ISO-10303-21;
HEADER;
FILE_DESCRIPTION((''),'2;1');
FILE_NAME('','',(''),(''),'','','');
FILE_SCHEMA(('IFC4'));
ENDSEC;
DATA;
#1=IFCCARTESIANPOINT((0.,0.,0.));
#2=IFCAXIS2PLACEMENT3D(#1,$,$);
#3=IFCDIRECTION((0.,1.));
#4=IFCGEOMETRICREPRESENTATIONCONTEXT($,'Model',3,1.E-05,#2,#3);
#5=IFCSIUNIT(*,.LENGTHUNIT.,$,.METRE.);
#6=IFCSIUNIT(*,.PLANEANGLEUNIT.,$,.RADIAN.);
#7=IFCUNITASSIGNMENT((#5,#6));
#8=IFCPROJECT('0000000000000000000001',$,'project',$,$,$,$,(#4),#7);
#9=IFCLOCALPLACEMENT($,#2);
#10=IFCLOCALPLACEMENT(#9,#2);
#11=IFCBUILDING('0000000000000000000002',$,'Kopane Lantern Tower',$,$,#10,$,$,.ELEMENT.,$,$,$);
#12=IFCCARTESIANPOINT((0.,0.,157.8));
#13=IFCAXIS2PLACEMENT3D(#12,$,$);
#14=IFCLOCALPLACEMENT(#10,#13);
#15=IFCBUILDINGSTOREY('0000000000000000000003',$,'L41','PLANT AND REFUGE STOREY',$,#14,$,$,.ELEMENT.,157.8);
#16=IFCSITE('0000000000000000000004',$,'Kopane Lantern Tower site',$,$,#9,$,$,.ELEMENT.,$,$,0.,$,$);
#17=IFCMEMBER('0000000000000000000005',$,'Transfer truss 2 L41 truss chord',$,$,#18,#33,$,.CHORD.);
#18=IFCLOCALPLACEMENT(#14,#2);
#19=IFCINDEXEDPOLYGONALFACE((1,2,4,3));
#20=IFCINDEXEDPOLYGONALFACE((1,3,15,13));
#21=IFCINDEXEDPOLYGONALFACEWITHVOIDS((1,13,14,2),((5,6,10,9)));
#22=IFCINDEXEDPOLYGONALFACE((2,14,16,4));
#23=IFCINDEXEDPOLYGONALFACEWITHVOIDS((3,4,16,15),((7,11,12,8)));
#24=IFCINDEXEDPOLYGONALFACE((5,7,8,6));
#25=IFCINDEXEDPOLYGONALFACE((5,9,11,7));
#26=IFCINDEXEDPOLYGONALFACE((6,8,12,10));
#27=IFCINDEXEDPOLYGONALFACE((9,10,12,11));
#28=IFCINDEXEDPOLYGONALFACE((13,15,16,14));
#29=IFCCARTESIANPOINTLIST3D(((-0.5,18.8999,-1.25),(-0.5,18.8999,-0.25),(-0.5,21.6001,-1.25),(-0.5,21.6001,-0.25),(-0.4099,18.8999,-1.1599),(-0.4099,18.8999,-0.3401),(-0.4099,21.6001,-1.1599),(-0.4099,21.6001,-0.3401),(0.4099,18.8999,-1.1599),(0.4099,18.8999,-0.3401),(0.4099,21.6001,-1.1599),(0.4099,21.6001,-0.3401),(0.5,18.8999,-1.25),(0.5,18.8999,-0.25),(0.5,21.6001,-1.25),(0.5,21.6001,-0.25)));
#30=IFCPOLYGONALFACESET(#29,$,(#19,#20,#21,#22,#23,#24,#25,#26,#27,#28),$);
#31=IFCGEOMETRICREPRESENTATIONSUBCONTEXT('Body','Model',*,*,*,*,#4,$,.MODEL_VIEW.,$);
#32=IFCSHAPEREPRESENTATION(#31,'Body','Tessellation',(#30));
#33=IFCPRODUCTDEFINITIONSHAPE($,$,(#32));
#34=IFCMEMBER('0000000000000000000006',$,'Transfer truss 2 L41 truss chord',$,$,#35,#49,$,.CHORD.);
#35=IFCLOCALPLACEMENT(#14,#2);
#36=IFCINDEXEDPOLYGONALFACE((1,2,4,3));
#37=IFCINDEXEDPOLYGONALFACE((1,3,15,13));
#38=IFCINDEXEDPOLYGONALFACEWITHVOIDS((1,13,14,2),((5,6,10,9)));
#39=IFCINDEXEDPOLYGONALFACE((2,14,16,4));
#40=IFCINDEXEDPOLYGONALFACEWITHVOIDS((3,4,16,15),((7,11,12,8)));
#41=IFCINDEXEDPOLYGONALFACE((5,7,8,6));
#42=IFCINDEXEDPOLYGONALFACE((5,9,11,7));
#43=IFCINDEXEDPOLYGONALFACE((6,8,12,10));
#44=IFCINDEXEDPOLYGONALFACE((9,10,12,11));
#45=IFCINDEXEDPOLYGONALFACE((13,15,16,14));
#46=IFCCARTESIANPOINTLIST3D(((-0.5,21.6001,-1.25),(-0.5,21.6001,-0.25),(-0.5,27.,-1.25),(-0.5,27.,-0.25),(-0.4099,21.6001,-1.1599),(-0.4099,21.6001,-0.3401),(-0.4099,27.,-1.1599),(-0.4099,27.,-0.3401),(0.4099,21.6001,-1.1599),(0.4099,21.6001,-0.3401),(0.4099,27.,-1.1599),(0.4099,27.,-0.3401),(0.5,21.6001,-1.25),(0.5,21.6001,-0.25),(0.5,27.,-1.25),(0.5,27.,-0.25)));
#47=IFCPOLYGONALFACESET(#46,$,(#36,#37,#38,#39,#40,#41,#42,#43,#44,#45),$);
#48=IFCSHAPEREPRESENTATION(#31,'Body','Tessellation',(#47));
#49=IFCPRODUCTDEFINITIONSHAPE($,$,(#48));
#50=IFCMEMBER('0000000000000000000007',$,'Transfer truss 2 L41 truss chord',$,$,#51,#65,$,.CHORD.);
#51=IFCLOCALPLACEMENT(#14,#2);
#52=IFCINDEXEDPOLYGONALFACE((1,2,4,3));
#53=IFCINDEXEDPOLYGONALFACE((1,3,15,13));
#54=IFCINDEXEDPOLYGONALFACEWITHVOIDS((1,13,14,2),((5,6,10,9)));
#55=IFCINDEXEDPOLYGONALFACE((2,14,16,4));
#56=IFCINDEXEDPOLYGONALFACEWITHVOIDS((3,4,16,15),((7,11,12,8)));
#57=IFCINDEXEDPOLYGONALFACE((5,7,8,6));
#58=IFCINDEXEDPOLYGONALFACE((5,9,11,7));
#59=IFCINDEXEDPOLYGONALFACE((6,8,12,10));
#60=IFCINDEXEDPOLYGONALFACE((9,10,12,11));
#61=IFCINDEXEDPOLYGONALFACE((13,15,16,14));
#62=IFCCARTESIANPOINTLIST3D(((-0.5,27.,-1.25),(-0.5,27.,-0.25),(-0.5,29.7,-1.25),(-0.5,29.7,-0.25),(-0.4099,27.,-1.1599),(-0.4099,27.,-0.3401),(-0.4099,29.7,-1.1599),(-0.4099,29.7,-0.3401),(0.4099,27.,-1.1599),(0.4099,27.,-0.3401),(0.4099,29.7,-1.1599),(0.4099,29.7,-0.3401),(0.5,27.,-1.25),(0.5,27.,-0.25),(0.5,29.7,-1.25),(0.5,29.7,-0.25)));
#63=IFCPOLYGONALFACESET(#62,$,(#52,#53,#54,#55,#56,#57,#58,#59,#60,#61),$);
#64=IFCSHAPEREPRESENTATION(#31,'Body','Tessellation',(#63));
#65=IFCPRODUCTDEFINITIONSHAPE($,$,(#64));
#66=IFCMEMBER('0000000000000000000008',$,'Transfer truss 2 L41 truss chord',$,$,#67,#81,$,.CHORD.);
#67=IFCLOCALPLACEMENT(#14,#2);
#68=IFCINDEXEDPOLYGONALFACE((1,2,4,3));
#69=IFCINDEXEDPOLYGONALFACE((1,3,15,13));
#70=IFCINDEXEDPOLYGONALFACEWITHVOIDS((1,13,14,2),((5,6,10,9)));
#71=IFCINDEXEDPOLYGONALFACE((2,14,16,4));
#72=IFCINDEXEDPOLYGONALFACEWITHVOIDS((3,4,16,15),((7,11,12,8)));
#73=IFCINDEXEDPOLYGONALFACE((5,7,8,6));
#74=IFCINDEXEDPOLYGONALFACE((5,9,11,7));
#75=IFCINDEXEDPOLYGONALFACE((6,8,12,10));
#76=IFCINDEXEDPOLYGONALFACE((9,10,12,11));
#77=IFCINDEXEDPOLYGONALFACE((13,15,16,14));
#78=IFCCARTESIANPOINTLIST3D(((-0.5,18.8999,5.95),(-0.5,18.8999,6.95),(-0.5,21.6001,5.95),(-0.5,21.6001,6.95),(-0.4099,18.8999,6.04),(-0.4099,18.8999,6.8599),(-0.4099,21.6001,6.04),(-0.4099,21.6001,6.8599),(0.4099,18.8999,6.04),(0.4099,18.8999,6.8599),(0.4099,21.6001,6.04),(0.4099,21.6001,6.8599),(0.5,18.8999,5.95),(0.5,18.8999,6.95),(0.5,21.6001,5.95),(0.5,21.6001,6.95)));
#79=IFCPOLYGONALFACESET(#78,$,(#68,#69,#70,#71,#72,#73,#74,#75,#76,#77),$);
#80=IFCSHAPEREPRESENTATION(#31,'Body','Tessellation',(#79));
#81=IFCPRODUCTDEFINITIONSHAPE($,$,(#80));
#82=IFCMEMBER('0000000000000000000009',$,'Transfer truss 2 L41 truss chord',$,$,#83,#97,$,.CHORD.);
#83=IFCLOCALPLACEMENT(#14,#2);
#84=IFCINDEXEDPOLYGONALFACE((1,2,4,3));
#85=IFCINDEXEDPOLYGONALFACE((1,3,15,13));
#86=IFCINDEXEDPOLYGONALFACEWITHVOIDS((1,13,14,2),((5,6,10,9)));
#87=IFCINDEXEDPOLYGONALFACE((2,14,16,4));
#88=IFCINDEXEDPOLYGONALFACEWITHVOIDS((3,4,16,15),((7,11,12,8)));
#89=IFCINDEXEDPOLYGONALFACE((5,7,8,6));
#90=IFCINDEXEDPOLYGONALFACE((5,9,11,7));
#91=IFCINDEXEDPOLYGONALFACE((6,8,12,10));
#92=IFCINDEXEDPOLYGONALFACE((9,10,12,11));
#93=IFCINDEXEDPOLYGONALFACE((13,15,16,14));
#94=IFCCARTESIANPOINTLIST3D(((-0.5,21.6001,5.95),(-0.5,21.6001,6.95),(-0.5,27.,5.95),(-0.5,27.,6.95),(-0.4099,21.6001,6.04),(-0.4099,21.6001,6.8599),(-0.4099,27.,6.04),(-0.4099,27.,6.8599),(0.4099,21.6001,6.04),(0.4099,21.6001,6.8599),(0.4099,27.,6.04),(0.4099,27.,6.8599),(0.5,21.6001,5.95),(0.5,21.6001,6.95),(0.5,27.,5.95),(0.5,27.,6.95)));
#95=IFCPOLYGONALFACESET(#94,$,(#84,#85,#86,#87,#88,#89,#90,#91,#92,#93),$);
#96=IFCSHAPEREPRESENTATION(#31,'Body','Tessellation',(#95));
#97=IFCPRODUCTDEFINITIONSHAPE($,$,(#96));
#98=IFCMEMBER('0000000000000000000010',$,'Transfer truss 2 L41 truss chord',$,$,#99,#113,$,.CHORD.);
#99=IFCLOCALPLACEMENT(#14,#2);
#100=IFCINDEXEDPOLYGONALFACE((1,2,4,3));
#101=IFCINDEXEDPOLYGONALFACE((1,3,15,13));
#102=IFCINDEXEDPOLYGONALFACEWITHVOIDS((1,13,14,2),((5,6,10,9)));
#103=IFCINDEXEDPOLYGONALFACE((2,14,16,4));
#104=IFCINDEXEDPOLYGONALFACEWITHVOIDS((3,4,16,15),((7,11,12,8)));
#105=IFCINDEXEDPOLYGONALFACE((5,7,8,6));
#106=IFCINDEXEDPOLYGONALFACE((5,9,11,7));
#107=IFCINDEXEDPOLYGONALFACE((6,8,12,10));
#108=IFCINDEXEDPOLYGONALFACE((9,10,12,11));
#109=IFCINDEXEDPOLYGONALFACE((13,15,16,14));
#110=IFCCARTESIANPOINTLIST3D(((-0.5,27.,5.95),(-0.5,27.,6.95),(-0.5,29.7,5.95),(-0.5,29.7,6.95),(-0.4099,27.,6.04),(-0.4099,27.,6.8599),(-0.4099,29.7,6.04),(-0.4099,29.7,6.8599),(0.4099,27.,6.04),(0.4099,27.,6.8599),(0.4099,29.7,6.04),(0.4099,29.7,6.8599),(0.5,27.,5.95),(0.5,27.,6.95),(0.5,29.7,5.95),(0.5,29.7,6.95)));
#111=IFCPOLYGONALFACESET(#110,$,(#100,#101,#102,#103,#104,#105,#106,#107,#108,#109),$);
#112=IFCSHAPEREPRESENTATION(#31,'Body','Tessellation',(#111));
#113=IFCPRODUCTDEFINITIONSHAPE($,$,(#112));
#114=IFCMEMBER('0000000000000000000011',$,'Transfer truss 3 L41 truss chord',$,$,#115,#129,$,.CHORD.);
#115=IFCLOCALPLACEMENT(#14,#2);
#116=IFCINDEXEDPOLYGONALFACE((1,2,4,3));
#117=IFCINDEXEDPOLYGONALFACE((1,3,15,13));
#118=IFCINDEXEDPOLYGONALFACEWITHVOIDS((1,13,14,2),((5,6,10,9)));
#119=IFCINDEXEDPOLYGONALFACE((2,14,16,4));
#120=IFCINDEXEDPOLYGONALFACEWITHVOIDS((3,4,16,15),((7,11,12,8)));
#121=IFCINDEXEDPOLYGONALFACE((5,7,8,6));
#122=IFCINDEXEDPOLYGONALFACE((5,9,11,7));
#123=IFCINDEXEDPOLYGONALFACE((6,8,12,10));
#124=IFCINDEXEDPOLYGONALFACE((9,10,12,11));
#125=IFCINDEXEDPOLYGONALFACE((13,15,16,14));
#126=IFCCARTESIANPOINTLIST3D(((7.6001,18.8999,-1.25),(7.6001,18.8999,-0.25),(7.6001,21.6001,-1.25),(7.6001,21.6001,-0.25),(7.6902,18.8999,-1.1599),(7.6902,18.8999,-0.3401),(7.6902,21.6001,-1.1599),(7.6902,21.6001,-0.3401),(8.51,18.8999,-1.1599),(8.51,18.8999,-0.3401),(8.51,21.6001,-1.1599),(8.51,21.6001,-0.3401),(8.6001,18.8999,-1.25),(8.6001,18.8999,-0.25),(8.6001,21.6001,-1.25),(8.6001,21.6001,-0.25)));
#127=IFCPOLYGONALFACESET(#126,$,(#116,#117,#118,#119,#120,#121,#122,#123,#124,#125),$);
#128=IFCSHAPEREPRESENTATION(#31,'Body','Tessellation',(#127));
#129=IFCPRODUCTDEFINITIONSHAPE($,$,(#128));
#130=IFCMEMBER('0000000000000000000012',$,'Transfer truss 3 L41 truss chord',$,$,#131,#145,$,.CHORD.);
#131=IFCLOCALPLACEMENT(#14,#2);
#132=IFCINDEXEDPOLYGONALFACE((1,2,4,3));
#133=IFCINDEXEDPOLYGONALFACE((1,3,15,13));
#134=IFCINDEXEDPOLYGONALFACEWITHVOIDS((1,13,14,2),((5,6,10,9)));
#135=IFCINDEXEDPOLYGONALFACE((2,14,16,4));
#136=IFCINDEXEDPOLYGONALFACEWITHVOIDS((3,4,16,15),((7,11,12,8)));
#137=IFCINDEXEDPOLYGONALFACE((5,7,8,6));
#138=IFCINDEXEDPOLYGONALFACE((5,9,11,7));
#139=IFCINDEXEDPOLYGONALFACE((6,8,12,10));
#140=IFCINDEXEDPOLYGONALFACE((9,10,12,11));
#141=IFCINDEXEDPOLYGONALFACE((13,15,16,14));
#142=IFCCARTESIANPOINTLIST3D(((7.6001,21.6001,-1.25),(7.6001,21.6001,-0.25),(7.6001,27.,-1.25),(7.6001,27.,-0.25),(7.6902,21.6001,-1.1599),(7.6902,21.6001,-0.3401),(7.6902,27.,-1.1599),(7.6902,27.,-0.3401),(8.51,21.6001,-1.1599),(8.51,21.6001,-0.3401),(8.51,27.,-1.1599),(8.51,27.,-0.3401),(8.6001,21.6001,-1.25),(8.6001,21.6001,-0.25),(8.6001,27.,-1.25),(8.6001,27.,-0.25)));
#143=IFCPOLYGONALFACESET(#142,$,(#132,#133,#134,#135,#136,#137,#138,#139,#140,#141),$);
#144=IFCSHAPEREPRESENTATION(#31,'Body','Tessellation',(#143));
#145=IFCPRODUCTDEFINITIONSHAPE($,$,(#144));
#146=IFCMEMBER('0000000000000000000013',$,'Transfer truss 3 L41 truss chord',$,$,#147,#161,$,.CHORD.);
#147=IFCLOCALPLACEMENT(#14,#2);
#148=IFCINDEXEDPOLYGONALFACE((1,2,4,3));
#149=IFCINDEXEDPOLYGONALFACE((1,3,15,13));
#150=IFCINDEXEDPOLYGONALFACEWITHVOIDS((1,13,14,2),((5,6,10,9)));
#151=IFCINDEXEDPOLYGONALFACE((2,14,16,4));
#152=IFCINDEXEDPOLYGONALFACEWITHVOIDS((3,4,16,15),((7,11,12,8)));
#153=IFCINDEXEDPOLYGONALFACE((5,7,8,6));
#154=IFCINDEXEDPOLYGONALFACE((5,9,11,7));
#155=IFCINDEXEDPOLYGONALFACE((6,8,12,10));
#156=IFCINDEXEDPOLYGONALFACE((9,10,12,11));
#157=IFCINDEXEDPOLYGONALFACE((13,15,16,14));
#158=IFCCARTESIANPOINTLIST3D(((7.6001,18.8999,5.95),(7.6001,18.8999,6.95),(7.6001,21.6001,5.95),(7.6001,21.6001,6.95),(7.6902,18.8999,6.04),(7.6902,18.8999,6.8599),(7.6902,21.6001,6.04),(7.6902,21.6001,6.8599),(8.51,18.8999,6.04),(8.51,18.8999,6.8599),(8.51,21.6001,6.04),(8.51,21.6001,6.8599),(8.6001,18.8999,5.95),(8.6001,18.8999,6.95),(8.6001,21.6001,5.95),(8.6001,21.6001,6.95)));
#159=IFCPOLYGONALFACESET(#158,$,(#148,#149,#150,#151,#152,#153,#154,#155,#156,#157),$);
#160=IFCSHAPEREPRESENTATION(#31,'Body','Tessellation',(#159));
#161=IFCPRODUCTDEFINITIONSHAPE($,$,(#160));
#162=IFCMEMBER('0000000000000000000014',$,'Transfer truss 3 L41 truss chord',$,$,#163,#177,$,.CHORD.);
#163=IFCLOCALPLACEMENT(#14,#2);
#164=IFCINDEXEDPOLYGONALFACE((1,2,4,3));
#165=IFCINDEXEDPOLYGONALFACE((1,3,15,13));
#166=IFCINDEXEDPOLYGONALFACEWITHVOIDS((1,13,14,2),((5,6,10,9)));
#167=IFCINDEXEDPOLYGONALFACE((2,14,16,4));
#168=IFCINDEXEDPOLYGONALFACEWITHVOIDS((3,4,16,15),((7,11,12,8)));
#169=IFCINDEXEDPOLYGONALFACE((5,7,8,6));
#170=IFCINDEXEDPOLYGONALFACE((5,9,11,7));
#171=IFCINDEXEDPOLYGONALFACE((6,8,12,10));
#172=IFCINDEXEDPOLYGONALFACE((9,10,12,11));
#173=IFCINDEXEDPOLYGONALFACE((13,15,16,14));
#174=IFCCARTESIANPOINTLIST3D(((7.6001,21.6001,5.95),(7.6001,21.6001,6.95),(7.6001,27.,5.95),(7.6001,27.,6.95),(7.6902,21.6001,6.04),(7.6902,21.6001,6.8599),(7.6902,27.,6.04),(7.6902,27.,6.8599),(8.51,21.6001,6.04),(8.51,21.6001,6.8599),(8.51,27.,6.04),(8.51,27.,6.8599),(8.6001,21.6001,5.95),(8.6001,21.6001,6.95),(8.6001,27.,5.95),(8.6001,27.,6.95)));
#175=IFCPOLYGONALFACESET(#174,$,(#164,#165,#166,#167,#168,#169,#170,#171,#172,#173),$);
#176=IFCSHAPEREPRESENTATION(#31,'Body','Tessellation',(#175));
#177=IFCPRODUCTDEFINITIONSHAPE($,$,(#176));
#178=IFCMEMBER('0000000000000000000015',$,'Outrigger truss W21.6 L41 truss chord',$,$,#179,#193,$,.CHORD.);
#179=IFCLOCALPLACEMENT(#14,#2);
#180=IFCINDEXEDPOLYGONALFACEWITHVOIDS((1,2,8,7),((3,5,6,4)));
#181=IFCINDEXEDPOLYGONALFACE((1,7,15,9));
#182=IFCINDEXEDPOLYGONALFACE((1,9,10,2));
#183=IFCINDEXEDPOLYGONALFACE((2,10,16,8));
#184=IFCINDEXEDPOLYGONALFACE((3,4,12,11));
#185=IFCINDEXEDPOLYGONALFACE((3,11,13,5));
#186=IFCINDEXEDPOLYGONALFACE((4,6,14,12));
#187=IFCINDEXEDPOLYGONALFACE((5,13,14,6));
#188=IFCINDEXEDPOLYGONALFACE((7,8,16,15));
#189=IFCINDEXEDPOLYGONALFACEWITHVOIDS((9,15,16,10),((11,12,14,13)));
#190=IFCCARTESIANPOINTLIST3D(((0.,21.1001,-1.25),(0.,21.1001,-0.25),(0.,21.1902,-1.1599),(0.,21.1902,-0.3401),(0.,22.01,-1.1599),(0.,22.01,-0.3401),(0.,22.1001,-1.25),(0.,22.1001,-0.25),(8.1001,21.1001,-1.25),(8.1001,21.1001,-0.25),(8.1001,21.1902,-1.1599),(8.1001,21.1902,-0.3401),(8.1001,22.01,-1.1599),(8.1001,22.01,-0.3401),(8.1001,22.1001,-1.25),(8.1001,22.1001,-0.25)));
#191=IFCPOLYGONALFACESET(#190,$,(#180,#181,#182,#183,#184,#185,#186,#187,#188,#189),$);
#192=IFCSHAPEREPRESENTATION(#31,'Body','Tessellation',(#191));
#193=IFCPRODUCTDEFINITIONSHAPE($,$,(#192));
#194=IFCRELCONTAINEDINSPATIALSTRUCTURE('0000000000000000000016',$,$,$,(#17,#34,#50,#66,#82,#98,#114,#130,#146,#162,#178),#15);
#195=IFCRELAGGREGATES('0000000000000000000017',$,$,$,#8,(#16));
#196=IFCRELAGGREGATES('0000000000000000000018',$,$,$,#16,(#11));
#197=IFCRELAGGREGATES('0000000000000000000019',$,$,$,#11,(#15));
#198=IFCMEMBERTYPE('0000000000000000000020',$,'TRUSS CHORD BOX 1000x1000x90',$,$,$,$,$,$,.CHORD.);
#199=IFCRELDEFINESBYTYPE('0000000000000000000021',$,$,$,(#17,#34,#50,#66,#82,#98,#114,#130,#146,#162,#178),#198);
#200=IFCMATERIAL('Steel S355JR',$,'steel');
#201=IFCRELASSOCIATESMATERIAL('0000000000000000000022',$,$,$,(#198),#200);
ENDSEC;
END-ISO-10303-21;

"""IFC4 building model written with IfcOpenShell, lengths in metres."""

from ifc_helpers import new_model, si_unit, direction, frame, origin, origin_2d, place, context, subcontext, project, spatial, hollow_rectangle, extrude, material, material_profile, profile_set, type_object, element, save


model = new_model("IFC4")

# Units and contexts
model_context = context("Model", 3, precision=1e-05, world=origin(), true_north=direction((0.0, 1.0)))
body_context = subcontext(model_context, "Body", "Model", "MODEL_VIEW")
ifc_project = project(units=[si_unit("LENGTHUNIT", "METRE"), si_unit("PLANEANGLEUNIT", "RADIAN")], contexts=[model_context])

# Site, building, storey
site_placement = place(None, origin())
site = spatial("IfcSite", under=ifc_project, at=site_placement, Name="Kopane Lantern Tower site", CompositionType="ELEMENT", RefElevation=0.0)
building_placement = place(site_placement, origin())
building = spatial("IfcBuilding", under=site, at=building_placement, Name="Kopane Lantern Tower", CompositionType="ELEMENT")
storey_placement = place(building_placement, frame((0.0, 0.0, 157.8)))
storey = spatial("IfcBuildingStorey", under=building, at=storey_placement, Name="L41", Description="PLANT AND REFUGE STOREY", CompositionType="ELEMENT", Elevation=157.8)

# Members
ifc_material_1 = material(Name="Steel S355JR", Category="steel")
ifc_material_profile_1 = material_profile(ifc_material_1, hollow_rectangle(XDim=1.0, YDim=1.0, WallThickness=0.0901, at=origin_2d()), Name="BOX 1000x1000x90")
ifc_profile_set_1 = profile_set([ifc_material_profile_1], Name="Steel S355JR")
member_type_1 = type_object("IfcMemberType", Name="TRUSS CHORD BOX 1000x1000x90", PredefinedType="CHORD", material=ifc_profile_set_1)
member_1_placement = place(storey_placement, frame((0.0, 18.8999, -0.75), z_axis=(0.0, 1.0, 0.0), x_axis=(-1.0, 0.0, 0.0)))
element("IfcMember", 1, at=member_1_placement, inside=storey, type_object=member_type_1, Name="Transfer truss 2 L41 truss chord", PredefinedType="CHORD", context=body_context, shape_type="SweptSolid", body=[
    extrude(hollow_rectangle(XDim=1.0, YDim=1.0, WallThickness=0.0901, at=origin_2d()), origin(), (0.0, 0.0, 1.0), 2.7002),
])
member_2_placement = place(storey_placement, frame((0.0, 21.6001, -0.75), z_axis=(0.0, 1.0, 0.0), x_axis=(-1.0, 0.0, 0.0)))
element("IfcMember", 2, at=member_2_placement, inside=storey, type_object=member_type_1, Name="Transfer truss 2 L41 truss chord", PredefinedType="CHORD", context=body_context, shape_type="SweptSolid", body=[
    extrude(hollow_rectangle(XDim=1.0, YDim=1.0, WallThickness=0.0901, at=origin_2d()), origin(), (0.0, 0.0, 1.0), 5.3999),
])
member_3_placement = place(storey_placement, frame((0.0, 27.0, -0.75), z_axis=(0.0, 1.0, 0.0), x_axis=(-1.0, 0.0, 0.0)))
element("IfcMember", 3, at=member_3_placement, inside=storey, type_object=member_type_1, Name="Transfer truss 2 L41 truss chord", PredefinedType="CHORD", context=body_context, shape_type="SweptSolid", body=[
    extrude(hollow_rectangle(XDim=1.0, YDim=1.0, WallThickness=0.0901, at=origin_2d()), origin(), (0.0, 0.0, 1.0), 2.7),
])
member_4_placement = place(storey_placement, frame((0.0, 18.8999, 6.45), z_axis=(0.0, 1.0, 0.0), x_axis=(-1.0, 0.0, 0.0)))
element("IfcMember", 4, at=member_4_placement, inside=storey, type_object=member_type_1, Name="Transfer truss 2 L41 truss chord", PredefinedType="CHORD", context=body_context, shape_type="SweptSolid", body=[
    extrude(hollow_rectangle(XDim=1.0, YDim=1.0, WallThickness=0.0901, at=origin_2d()), origin(), (0.0, 0.0, 1.0), 2.7002),
])
member_5_placement = place(storey_placement, frame((0.0, 21.6001, 6.45), z_axis=(0.0, 1.0, 0.0), x_axis=(-1.0, 0.0, 0.0)))
element("IfcMember", 5, at=member_5_placement, inside=storey, type_object=member_type_1, Name="Transfer truss 2 L41 truss chord", PredefinedType="CHORD", context=body_context, shape_type="SweptSolid", body=[
    extrude(hollow_rectangle(XDim=1.0, YDim=1.0, WallThickness=0.0901, at=origin_2d()), origin(), (0.0, 0.0, 1.0), 5.3999),
])
member_6_placement = place(storey_placement, frame((0.0, 27.0, 6.45), z_axis=(0.0, 1.0, 0.0), x_axis=(-1.0, 0.0, 0.0)))
element("IfcMember", 6, at=member_6_placement, inside=storey, type_object=member_type_1, Name="Transfer truss 2 L41 truss chord", PredefinedType="CHORD", context=body_context, shape_type="SweptSolid", body=[
    extrude(hollow_rectangle(XDim=1.0, YDim=1.0, WallThickness=0.0901, at=origin_2d()), origin(), (0.0, 0.0, 1.0), 2.7),
])
member_7_placement = place(storey_placement, frame((8.1001, 18.8999, -0.75), z_axis=(0.0, 1.0, 0.0), x_axis=(-1.0, 0.0, 0.0)))
element("IfcMember", 7, at=member_7_placement, inside=storey, type_object=member_type_1, Name="Transfer truss 3 L41 truss chord", PredefinedType="CHORD", context=body_context, shape_type="SweptSolid", body=[
    extrude(hollow_rectangle(XDim=1.0, YDim=1.0, WallThickness=0.0901, at=origin_2d()), origin(), (0.0, 0.0, 1.0), 2.7002),
])
member_8_placement = place(storey_placement, frame((8.1001, 21.6001, -0.75), z_axis=(0.0, 1.0, 0.0), x_axis=(-1.0, 0.0, 0.0)))
element("IfcMember", 8, at=member_8_placement, inside=storey, type_object=member_type_1, Name="Transfer truss 3 L41 truss chord", PredefinedType="CHORD", context=body_context, shape_type="SweptSolid", body=[
    extrude(hollow_rectangle(XDim=1.0, YDim=1.0, WallThickness=0.0901, at=origin_2d()), origin(), (0.0, 0.0, 1.0), 5.3999),
])
member_9_placement = place(storey_placement, frame((8.1001, 18.8999, 6.45), z_axis=(0.0, 1.0, 0.0), x_axis=(-1.0, 0.0, 0.0)))
element("IfcMember", 9, at=member_9_placement, inside=storey, type_object=member_type_1, Name="Transfer truss 3 L41 truss chord", PredefinedType="CHORD", context=body_context, shape_type="SweptSolid", body=[
    extrude(hollow_rectangle(XDim=1.0, YDim=1.0, WallThickness=0.0901, at=origin_2d()), origin(), (0.0, 0.0, 1.0), 2.7002),
])
member_10_placement = place(storey_placement, frame((8.1001, 21.6001, 6.45), z_axis=(0.0, 1.0, 0.0), x_axis=(-1.0, 0.0, 0.0)))
element("IfcMember", 10, at=member_10_placement, inside=storey, type_object=member_type_1, Name="Transfer truss 3 L41 truss chord", PredefinedType="CHORD", context=body_context, shape_type="SweptSolid", body=[
    extrude(hollow_rectangle(XDim=1.0, YDim=1.0, WallThickness=0.0901, at=origin_2d()), origin(), (0.0, 0.0, 1.0), 5.3999),
])
for number, where, z_axis, x_axis, name in (
    (11, (0.0, 21.6001, -0.75), (1.0, 0.0, 0.0), (0.0, 1.0, 0.0), "Outrigger truss W21.6 L41 truss chord"),
):
    element("IfcMember", number, at=place(storey_placement, frame(where, z_axis=z_axis, x_axis=x_axis)), inside=storey, type_object=member_type_1, Name=name, PredefinedType="CHORD", context=body_context, shape_type="SweptSolid", body=[
        extrude(hollow_rectangle(XDim=1.0, YDim=1.0, WallThickness=0.0901, at=origin_2d()), origin(), (0.0, 0.0, 1.0), 8.1001),
    ])

save(model, "model.ifc")
